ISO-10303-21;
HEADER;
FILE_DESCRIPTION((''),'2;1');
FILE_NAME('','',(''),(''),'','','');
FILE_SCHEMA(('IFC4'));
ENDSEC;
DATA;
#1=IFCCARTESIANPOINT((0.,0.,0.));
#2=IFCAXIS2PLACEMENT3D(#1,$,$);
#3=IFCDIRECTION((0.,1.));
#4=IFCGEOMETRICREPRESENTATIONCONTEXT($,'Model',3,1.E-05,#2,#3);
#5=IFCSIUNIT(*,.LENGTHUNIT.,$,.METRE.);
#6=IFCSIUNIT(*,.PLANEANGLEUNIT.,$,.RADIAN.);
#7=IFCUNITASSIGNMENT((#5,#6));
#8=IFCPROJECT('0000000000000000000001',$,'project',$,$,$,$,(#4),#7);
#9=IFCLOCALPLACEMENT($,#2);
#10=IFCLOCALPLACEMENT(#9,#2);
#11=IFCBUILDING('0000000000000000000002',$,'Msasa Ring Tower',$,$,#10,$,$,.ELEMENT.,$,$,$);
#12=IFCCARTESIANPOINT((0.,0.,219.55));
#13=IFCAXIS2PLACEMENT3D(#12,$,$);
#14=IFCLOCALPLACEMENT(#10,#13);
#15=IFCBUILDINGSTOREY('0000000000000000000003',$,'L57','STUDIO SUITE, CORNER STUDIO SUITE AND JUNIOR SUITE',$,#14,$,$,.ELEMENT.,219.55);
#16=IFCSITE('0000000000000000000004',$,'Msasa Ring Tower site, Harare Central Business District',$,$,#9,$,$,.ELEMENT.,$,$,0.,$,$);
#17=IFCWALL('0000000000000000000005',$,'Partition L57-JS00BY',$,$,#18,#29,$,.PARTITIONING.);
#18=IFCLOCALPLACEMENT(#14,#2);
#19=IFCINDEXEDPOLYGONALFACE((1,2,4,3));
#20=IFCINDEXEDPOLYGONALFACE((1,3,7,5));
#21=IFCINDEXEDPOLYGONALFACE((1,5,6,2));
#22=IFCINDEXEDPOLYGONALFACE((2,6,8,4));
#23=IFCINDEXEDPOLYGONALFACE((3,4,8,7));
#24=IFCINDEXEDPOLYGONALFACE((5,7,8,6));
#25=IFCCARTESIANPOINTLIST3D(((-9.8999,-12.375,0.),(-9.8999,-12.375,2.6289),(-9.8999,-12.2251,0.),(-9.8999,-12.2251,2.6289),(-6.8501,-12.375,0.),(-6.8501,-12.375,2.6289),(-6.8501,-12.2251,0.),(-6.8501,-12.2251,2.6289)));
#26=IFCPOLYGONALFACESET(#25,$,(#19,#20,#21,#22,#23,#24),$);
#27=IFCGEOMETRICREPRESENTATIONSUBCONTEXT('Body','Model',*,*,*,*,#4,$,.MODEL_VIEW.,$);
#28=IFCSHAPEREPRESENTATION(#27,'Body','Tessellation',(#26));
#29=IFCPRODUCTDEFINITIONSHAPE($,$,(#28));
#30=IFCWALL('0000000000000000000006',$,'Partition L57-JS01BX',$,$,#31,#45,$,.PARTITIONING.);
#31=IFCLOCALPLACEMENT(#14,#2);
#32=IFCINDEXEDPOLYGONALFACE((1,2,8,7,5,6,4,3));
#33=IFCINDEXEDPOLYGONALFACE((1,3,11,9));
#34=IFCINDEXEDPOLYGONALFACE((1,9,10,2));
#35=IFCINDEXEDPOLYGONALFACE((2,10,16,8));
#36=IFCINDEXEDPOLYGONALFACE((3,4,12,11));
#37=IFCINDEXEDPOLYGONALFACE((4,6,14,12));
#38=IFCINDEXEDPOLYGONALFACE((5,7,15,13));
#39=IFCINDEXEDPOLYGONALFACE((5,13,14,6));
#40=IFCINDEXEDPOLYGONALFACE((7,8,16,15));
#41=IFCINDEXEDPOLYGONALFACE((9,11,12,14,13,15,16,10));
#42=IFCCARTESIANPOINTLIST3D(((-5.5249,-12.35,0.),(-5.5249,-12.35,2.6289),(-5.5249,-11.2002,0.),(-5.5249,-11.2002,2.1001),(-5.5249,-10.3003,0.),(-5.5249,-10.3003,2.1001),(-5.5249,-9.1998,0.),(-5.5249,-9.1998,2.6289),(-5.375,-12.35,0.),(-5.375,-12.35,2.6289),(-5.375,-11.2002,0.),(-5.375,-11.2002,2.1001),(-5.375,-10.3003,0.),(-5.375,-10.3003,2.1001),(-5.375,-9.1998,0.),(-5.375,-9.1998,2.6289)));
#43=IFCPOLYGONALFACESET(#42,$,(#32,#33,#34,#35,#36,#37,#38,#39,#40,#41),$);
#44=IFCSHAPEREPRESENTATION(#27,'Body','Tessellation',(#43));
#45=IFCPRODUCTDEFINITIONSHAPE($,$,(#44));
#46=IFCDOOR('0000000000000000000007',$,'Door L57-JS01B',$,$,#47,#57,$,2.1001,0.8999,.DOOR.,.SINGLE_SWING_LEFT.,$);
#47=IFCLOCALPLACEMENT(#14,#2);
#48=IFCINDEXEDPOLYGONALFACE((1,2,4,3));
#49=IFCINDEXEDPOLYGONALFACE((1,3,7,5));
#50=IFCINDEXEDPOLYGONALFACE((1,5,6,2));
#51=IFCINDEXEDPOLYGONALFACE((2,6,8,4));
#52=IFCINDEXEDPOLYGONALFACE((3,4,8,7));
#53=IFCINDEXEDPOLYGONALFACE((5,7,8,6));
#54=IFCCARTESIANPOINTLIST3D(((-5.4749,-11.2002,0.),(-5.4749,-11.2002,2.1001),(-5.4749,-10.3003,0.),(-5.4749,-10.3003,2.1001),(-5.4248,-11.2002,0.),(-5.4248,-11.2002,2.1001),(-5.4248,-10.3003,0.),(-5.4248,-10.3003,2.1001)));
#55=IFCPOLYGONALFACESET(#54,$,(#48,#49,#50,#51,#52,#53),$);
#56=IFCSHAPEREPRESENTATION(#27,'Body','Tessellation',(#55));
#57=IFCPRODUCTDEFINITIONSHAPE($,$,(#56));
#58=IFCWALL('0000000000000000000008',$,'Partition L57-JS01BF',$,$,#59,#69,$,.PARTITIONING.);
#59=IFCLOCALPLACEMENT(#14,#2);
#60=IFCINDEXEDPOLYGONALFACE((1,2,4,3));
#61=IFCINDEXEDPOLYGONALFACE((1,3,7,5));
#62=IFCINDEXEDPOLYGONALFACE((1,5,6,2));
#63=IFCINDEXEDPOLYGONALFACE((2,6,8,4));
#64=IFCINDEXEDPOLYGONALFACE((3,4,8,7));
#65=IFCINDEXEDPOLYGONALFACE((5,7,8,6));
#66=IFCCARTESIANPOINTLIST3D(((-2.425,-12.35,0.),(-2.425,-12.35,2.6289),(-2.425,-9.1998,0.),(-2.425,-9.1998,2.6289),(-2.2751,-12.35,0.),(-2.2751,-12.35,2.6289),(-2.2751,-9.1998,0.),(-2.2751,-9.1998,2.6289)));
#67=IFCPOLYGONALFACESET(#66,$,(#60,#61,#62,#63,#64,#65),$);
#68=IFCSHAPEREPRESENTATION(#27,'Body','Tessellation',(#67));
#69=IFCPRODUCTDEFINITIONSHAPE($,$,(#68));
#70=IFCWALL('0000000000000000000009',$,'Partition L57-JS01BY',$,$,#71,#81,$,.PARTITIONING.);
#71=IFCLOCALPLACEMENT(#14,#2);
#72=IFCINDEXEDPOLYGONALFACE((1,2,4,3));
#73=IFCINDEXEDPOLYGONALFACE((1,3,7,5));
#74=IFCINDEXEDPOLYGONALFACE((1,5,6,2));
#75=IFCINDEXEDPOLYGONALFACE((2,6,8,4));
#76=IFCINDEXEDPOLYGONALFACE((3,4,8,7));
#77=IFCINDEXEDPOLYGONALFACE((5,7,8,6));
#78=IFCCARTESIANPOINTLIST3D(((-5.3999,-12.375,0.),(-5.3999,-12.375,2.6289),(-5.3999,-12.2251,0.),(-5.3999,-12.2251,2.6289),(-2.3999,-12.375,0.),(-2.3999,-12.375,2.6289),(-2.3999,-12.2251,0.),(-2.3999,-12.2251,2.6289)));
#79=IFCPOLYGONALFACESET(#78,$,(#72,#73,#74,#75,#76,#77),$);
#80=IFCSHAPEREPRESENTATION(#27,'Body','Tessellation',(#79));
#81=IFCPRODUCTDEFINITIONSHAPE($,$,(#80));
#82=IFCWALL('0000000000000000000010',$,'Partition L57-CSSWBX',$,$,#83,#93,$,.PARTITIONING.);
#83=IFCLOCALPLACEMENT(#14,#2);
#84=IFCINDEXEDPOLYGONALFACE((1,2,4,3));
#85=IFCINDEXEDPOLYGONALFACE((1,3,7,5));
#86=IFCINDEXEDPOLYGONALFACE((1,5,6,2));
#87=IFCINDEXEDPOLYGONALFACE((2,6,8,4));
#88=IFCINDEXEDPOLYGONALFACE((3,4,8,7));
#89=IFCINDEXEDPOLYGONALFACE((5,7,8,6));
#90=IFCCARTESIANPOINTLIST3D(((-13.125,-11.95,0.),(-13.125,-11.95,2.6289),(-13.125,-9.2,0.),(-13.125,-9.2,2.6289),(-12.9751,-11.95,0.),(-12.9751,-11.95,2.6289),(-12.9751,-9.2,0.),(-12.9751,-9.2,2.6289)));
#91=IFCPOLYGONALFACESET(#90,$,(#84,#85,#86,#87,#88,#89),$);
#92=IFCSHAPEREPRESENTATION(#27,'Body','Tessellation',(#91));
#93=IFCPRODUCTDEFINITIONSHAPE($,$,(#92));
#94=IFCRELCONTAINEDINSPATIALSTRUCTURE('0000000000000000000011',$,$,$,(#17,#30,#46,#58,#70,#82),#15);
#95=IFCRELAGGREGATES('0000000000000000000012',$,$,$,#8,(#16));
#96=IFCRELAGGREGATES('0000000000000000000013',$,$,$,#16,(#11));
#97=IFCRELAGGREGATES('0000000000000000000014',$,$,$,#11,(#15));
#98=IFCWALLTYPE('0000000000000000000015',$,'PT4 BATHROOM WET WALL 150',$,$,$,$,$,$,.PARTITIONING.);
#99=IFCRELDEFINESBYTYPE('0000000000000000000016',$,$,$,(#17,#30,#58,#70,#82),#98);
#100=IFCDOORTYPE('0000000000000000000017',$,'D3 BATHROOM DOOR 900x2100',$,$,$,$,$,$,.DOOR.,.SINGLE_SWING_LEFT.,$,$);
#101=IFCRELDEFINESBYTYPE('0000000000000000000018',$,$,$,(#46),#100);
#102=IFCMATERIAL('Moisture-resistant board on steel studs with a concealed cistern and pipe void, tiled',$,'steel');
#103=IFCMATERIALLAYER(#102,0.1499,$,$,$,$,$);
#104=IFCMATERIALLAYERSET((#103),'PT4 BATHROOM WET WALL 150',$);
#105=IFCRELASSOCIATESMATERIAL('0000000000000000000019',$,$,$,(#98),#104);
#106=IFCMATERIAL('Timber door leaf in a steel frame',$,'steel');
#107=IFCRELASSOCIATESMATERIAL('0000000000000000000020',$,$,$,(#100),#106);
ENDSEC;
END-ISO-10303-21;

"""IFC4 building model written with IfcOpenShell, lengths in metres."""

from ifc_helpers import new_model, si_unit, direction, frame, frame_2d, origin, place, context, subcontext, project, spatial, rectangle, extrude, material, layer, layer_set, type_object, element, fill, save


model = new_model("IFC4")

# Units and contexts
model_context = context("Model", 3, precision=1e-05, world=origin(), true_north=direction((0.0, 1.0)))
body_context = subcontext(model_context, "Body", "Model", "MODEL_VIEW")
ifc_project = project(units=[si_unit("LENGTHUNIT", "METRE"), si_unit("PLANEANGLEUNIT", "RADIAN")], contexts=[model_context])

# Site, building, storey
site_placement = place(None, origin())
site = spatial("IfcSite", under=ifc_project, at=site_placement, Name="Msasa Ring Tower site, Harare Central Business District", CompositionType="ELEMENT", RefElevation=0.0)
building_placement = place(site_placement, origin())
building = spatial("IfcBuilding", under=site, at=building_placement, Name="Msasa Ring Tower", CompositionType="ELEMENT")
storey_placement = place(building_placement, frame((0.0, 0.0, 219.55)))
storey = spatial("IfcBuildingStorey", under=building, at=storey_placement, Name="L57", Description="STUDIO SUITE, CORNER STUDIO SUITE AND JUNIOR SUITE", CompositionType="ELEMENT", Elevation=219.55)

# Shared definitions
ifc_material_1 = material(Name="Moisture-resistant board on steel studs with a concealed cistern and pipe void, tiled", Category="steel")
ifc_layer_1 = layer(ifc_material_1, 0.1499)
ifc_layer_set_1 = layer_set([ifc_layer_1], Name="PT4 BATHROOM WET WALL 150")
wall_type_1 = type_object("IfcWallType", Name="PT4 BATHROOM WET WALL 150", PredefinedType="PARTITIONING", material=ifc_layer_set_1)
ifc_material_2 = material(Name="Timber door leaf in a steel frame", Category="steel")
door_type = type_object("IfcDoorType", Name="D3 BATHROOM DOOR 900x2100", OperationType="SINGLE_SWING_LEFT", PredefinedType="DOOR", material=ifc_material_2)

# Wall
wall_1_placement = place(storey_placement, frame((-9.8999, -12.3, 0.0), z_axis=(0.0, 0.0, 1.0), x_axis=(1.0, 0.0, 0.0)))
element("IfcWall", 1, at=wall_1_placement, inside=storey, type_object=wall_type_1, Name="Partition L57-JS00BY", PredefinedType="PARTITIONING", context=body_context, shape_type="SweptSolid", body=[
    extrude(rectangle(XDim=3.0498, YDim=0.1499, at=frame_2d((1.5249, 0.0))), origin(), (0.0, 0.0, 1.0), 2.6289),
])

# Wall, opening, door
wall_2_placement = place(storey_placement, frame((-5.45, -12.3501, 0.0), z_axis=(0.0, 0.0, 1.0), x_axis=(0.0, 1.0, 0.0)))
wall_2 = element("IfcWall", 2, at=wall_2_placement, inside=storey, type_object=wall_type_1, Name="Partition L57-JS01BX", PredefinedType="PARTITIONING", context=body_context, shape_type="SweptSolid", body=[
    extrude(rectangle(XDim=3.1501, YDim=0.1499, at=frame_2d((1.5752, 0.0))), origin(), (0.0, 0.0, 1.0), 2.6289),
])
opening_1_placement = place(wall_2_placement, frame((1.1499, 0.0, 0.0)))
opening_1 = element("IfcOpeningElement", 3, at=opening_1_placement, cuts=wall_2, PredefinedType="OPENING", context=body_context, shape_type="SweptSolid", body=[
    extrude(rectangle(XDim=0.8999, YDim=2.1001, at=frame_2d((0.45, 1.05))), frame((0.0, 0.085, 0.0), z_axis=(0.0, -1.0, 0.0), x_axis=(1.0, 0.0, 0.0)), (0.0, 0.0, 1.0), 0.1699),
])
door_1_placement = place(opening_1_placement, origin())
door_1 = element("IfcDoor", 4, at=door_1_placement, inside=storey, type_object=door_type, Name="Door L57-JS01B", OperationType="SINGLE_SWING_LEFT", OverallHeight=2.1001, OverallWidth=0.8999, PredefinedType="DOOR", context=body_context, shape_type="SweptSolid", body=[
    extrude(rectangle(XDim=0.8999, YDim=2.1001, at=frame_2d((0.45, 1.05))), frame((0.0, 0.0249, 0.0), z_axis=(0.0, -1.0, 0.0), x_axis=(1.0, 0.0, 0.0)), (0.0, 0.0, 1.0), 0.05),
])
fill(opening_1, door_1)

# Walls
wall_3_placement = place(storey_placement, frame((-2.3501, -12.3501, 0.0), z_axis=(0.0, 0.0, 1.0), x_axis=(0.0, 1.0, 0.0)))
element("IfcWall", 5, at=wall_3_placement, inside=storey, type_object=wall_type_1, Name="Partition L57-JS01BF", PredefinedType="PARTITIONING", context=body_context, shape_type="SweptSolid", body=[
    extrude(rectangle(XDim=3.1501, YDim=0.1499, at=frame_2d((1.5752, 0.0))), origin(), (0.0, 0.0, 1.0), 2.6289),
])
wall_4_placement = place(storey_placement, frame((-5.3999, -12.3, 0.0), z_axis=(0.0, 0.0, 1.0), x_axis=(1.0, 0.0, 0.0)))
element("IfcWall", 6, at=wall_4_placement, inside=storey, type_object=wall_type_1, Name="Partition L57-JS01BY", PredefinedType="PARTITIONING", context=body_context, shape_type="SweptSolid", body=[
    extrude(rectangle(XDim=3.0, YDim=0.1499, at=frame_2d((1.5, 0.0))), origin(), (0.0, 0.0, 1.0), 2.6289),
])
wall_5_placement = place(storey_placement, frame((-13.05, -11.95, 0.0), z_axis=(0.0, 0.0, 1.0), x_axis=(0.0, 1.0, 0.0)))
element("IfcWall", 7, at=wall_5_placement, inside=storey, type_object=wall_type_1, Name="Partition L57-CSSWBX", PredefinedType="PARTITIONING", context=body_context, shape_type="SweptSolid", body=[
    extrude(rectangle(XDim=2.75, YDim=0.1499, at=frame_2d((1.375, 0.0))), origin(), (0.0, 0.0, 1.0), 2.6289),
])

save(model, "model.ifc")
